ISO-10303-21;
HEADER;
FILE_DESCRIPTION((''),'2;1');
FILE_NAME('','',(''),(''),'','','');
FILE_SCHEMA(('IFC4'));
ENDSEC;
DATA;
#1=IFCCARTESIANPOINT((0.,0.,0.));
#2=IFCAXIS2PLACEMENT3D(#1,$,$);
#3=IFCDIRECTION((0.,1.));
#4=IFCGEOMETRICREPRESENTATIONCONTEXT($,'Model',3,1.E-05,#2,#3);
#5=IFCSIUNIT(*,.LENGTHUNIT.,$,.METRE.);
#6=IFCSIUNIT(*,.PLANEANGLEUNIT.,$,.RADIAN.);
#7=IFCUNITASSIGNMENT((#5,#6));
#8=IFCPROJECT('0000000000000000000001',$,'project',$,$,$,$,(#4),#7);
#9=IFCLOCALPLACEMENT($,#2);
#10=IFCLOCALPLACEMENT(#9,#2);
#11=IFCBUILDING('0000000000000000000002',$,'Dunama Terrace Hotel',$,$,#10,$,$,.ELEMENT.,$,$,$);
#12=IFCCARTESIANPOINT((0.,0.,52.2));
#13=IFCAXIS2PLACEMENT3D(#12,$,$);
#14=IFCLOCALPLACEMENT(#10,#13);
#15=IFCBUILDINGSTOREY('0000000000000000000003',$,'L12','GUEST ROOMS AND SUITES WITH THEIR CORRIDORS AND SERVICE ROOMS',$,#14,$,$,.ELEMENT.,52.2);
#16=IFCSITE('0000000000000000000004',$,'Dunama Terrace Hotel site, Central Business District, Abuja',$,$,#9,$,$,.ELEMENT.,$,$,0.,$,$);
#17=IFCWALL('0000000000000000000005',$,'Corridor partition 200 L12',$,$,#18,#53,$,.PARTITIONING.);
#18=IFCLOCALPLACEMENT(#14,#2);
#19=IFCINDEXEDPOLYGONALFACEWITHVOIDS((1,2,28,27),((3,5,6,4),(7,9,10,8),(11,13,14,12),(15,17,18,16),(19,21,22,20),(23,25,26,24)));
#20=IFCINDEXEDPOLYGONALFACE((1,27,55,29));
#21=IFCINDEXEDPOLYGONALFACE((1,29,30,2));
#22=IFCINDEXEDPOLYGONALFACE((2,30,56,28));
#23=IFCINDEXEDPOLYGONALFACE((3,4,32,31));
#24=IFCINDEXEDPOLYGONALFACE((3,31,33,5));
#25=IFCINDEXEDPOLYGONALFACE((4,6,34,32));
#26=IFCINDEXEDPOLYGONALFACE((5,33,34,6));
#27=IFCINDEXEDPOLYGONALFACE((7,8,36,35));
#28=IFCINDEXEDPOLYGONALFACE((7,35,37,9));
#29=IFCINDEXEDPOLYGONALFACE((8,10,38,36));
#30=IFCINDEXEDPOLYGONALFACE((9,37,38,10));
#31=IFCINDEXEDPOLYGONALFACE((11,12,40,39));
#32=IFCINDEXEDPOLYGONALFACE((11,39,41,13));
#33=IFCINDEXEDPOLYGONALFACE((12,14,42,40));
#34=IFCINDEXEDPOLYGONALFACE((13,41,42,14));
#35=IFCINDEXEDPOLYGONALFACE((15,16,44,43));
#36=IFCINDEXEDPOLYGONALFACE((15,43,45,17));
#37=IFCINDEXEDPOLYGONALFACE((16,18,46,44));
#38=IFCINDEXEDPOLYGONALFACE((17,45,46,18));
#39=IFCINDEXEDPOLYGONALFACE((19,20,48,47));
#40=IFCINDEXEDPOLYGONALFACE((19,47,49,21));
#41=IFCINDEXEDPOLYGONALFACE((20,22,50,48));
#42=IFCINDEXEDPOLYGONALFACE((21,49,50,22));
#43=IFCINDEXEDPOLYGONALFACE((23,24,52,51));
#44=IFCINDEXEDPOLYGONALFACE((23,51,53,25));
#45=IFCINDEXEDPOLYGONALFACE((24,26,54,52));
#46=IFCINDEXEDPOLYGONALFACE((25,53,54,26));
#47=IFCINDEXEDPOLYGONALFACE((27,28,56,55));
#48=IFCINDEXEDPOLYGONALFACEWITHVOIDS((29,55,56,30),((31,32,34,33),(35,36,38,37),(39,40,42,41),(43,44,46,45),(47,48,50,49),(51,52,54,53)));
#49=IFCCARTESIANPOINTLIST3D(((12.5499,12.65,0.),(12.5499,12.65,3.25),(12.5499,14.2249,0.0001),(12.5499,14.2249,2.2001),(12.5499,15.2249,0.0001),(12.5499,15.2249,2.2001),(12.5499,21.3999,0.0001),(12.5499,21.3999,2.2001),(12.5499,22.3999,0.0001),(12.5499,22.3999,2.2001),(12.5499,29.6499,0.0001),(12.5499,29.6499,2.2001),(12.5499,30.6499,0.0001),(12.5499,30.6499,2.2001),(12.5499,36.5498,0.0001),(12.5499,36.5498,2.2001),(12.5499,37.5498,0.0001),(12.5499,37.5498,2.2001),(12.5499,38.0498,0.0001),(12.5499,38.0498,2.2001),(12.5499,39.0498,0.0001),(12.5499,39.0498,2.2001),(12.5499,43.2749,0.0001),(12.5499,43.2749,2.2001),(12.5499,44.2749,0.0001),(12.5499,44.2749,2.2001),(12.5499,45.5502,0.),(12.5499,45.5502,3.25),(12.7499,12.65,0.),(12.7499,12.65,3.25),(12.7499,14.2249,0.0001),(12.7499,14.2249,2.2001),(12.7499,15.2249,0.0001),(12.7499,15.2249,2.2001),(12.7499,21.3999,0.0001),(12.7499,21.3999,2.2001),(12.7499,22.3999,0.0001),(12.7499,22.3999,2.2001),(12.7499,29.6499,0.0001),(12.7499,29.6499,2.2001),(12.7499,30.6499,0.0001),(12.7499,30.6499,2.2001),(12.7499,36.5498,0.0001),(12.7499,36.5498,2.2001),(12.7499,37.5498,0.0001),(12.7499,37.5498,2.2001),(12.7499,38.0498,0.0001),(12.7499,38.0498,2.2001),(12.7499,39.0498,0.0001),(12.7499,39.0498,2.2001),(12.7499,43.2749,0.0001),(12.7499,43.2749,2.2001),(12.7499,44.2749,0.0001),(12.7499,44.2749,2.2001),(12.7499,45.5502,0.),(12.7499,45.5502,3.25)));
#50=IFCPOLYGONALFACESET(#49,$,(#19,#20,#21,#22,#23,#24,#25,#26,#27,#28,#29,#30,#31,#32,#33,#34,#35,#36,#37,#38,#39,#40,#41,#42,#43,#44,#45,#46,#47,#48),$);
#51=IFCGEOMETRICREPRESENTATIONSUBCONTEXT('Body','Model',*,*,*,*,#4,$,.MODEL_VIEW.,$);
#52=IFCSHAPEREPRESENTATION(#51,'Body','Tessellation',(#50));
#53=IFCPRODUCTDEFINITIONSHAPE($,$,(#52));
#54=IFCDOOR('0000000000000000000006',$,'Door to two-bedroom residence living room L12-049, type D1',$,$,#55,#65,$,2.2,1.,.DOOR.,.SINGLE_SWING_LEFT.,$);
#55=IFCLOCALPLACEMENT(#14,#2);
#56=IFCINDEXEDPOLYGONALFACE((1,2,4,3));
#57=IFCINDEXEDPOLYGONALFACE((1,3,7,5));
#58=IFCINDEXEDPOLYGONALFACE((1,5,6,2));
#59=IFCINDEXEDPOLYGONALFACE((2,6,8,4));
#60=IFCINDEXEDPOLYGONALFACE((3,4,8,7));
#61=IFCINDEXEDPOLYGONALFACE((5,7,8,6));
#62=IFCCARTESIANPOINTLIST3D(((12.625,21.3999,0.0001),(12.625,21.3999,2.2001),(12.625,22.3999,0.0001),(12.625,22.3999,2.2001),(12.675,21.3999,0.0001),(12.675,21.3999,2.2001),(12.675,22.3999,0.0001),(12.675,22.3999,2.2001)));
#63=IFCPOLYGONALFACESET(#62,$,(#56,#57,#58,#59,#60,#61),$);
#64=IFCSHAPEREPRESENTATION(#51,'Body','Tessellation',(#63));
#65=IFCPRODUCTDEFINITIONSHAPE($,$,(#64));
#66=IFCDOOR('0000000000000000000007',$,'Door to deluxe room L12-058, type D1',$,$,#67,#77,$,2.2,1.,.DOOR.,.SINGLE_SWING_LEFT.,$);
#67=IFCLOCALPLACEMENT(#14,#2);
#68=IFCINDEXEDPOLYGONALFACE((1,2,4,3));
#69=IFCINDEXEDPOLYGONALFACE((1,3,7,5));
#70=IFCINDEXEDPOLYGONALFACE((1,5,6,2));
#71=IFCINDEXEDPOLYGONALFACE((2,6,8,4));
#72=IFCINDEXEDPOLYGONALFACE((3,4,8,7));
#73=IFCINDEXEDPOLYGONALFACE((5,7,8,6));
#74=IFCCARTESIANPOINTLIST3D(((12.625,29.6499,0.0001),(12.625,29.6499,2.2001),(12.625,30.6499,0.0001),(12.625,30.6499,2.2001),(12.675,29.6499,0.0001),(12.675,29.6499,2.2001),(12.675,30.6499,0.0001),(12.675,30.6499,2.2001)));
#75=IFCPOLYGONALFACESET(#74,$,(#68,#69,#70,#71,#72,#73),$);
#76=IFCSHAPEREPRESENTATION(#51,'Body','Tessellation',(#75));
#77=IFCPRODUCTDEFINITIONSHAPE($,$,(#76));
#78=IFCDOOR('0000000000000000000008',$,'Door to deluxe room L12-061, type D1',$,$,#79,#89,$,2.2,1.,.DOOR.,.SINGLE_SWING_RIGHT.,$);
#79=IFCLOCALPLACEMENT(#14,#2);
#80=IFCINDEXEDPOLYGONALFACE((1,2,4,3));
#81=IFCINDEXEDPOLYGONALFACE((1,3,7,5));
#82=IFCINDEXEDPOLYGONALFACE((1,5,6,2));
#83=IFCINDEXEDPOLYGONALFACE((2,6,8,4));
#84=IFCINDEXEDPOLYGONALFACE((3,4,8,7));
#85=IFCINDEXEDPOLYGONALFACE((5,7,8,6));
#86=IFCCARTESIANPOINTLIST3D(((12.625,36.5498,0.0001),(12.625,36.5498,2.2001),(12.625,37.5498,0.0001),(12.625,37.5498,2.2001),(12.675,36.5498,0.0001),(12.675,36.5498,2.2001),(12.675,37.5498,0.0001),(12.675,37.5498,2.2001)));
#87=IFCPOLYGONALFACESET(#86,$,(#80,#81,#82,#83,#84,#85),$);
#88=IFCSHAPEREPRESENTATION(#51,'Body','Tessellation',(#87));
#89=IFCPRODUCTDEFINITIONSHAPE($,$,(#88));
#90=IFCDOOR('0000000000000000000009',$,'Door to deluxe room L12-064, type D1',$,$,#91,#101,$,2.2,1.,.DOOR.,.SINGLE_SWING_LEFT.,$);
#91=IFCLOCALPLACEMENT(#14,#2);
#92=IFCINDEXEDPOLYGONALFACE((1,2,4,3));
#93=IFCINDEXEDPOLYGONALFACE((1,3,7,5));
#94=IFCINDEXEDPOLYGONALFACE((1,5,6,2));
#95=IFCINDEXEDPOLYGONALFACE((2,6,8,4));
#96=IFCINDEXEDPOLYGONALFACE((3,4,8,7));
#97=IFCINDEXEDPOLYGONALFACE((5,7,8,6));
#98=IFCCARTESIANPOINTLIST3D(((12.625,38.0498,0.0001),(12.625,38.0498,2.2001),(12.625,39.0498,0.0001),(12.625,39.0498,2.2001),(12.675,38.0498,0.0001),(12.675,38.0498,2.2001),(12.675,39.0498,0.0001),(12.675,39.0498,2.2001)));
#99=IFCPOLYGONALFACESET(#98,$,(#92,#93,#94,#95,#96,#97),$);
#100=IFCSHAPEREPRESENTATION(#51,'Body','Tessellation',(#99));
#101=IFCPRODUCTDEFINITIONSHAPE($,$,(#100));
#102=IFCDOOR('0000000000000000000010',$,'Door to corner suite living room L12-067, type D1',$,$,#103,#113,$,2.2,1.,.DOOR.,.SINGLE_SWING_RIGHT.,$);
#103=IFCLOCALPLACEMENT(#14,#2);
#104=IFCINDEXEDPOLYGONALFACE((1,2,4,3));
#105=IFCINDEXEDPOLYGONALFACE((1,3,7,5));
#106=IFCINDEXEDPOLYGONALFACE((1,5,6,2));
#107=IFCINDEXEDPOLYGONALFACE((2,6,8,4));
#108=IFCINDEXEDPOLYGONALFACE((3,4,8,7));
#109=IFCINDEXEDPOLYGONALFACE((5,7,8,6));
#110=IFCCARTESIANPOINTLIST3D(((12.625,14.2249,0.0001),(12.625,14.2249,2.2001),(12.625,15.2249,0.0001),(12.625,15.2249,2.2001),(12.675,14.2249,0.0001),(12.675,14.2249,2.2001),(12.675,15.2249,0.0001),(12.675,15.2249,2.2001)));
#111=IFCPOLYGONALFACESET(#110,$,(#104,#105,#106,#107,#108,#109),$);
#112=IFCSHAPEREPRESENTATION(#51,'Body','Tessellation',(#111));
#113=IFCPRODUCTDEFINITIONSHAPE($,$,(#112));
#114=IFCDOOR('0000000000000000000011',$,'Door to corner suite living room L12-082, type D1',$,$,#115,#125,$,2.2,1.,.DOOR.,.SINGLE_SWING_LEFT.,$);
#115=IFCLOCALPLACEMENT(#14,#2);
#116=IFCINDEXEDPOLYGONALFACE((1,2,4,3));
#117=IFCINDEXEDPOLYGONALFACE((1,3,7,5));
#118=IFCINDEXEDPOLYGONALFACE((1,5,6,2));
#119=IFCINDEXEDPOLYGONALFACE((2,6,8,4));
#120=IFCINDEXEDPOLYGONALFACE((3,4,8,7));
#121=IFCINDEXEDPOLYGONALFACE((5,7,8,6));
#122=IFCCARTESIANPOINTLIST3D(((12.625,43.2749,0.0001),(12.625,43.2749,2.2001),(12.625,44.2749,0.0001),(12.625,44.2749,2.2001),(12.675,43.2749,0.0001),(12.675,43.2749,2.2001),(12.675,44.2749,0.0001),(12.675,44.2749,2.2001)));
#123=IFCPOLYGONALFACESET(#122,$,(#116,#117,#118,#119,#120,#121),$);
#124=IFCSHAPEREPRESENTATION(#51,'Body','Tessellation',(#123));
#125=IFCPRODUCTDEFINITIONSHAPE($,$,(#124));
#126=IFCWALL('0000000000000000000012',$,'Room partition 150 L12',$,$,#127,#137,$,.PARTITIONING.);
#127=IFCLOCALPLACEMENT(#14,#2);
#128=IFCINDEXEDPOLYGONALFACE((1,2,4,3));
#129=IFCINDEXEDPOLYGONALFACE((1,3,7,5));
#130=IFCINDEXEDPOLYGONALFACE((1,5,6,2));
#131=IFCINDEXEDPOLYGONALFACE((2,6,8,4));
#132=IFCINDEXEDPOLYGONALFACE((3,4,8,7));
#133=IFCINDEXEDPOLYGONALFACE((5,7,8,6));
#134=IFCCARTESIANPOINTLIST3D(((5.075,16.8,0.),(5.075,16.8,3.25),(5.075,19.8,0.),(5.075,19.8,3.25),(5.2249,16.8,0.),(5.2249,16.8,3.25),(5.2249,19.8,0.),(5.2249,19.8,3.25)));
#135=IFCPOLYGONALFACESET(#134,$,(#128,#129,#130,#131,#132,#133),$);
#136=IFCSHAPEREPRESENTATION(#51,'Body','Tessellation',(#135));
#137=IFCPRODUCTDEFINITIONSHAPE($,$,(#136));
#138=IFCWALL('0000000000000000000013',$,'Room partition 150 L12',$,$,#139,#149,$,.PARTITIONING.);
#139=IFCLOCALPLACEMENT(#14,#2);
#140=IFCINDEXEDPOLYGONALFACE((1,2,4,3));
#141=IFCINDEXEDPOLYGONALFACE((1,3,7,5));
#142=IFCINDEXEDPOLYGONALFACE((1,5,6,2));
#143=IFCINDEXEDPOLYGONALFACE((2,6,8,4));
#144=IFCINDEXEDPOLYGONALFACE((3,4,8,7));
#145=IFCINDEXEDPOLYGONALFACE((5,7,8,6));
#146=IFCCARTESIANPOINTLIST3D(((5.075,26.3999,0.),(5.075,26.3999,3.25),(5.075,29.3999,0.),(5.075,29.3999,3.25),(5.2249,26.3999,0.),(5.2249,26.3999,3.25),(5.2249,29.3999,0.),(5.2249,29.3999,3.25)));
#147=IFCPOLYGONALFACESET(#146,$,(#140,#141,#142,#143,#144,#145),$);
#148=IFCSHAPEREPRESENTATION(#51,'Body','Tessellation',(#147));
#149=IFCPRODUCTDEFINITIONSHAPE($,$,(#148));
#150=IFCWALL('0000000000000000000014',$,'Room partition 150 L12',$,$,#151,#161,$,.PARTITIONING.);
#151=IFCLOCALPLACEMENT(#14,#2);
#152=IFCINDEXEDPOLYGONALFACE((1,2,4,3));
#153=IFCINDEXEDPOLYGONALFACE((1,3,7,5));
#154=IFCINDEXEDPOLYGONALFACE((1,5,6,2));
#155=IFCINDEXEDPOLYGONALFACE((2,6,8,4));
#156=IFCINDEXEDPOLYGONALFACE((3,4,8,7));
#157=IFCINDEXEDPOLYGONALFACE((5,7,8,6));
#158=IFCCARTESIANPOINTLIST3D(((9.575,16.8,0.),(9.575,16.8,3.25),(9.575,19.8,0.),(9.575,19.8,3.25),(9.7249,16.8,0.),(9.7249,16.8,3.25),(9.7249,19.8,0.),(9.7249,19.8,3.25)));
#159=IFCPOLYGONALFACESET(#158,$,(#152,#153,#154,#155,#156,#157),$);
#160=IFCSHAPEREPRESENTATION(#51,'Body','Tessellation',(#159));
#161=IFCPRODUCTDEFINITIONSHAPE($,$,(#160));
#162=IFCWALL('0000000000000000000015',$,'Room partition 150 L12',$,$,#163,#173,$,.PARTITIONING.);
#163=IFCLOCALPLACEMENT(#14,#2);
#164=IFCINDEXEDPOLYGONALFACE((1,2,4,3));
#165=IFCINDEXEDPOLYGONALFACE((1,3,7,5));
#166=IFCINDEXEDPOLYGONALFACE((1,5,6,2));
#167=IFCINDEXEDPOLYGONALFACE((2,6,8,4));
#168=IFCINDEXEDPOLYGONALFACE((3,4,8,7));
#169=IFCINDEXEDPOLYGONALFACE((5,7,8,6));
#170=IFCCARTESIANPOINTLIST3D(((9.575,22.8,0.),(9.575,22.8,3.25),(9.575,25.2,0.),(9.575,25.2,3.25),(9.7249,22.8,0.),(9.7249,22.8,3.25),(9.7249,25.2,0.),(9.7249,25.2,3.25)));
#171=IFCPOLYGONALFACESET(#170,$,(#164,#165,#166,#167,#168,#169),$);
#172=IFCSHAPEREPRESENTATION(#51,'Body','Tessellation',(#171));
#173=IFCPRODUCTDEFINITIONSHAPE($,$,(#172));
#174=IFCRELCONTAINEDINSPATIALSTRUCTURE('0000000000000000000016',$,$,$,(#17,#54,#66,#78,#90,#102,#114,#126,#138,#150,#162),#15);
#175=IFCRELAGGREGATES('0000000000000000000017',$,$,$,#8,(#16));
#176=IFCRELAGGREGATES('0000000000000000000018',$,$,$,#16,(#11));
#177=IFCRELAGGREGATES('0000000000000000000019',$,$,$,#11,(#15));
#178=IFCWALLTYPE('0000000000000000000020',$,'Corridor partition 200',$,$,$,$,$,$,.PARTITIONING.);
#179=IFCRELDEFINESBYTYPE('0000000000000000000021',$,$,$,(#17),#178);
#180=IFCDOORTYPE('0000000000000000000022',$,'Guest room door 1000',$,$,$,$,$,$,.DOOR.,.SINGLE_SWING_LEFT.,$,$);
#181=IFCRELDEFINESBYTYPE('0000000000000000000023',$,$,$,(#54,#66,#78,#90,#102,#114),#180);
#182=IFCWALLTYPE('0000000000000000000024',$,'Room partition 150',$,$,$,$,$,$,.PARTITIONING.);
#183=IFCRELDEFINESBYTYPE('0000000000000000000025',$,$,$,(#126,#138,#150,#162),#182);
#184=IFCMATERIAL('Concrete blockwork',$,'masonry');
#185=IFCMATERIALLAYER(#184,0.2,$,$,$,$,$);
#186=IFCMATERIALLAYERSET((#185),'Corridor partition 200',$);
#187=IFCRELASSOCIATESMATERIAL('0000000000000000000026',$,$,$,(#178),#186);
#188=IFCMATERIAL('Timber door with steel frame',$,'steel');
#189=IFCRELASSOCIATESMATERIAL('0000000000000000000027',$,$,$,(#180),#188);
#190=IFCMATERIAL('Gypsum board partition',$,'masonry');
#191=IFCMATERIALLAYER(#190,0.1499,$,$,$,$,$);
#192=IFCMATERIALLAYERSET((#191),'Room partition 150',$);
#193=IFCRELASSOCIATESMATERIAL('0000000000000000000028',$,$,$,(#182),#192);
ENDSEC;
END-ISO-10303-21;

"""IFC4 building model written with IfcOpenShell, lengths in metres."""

from ifc_helpers import new_model, si_unit, direction, frame, frame_2d, origin, place, context, subcontext, project, spatial, rectangle, extrude, material, layer, layer_set, type_object, element, fill, save


model = new_model("IFC4")

# Units and contexts
model_context = context("Model", 3, precision=1e-05, world=origin(), true_north=direction((0.0, 1.0)))
body_context = subcontext(model_context, "Body", "Model", "MODEL_VIEW")
ifc_project = project(units=[si_unit("LENGTHUNIT", "METRE"), si_unit("PLANEANGLEUNIT", "RADIAN")], contexts=[model_context])

# Site, building, storey
site_placement = place(None, origin())
site = spatial("IfcSite", under=ifc_project, at=site_placement, Name="Dunama Terrace Hotel site, Central Business District, Abuja", CompositionType="ELEMENT", RefElevation=0.0)
building_placement = place(site_placement, origin())
building = spatial("IfcBuilding", under=site, at=building_placement, Name="Dunama Terrace Hotel", CompositionType="ELEMENT")
storey_placement = place(building_placement, frame((0.0, 0.0, 52.2)))
storey = spatial("IfcBuildingStorey", under=building, at=storey_placement, Name="L12", Description="GUEST ROOMS AND SUITES WITH THEIR CORRIDORS AND SERVICE ROOMS", CompositionType="ELEMENT", Elevation=52.2)

# Wall, openings, doors
ifc_material_1 = material(Name="Concrete blockwork", Category="masonry")
ifc_layer_1 = layer(ifc_material_1, 0.2)
ifc_layer_set_1 = layer_set([ifc_layer_1], Name="Corridor partition 200")
wall_type_1 = type_object("IfcWallType", Name="Corridor partition 200", PredefinedType="PARTITIONING", material=ifc_layer_set_1)
wall_1_placement = place(storey_placement, frame((12.6499, 12.6499, 0.0), z_axis=(0.0, 0.0, 1.0), x_axis=(0.0, 1.0, 0.0)))
wall_1 = element("IfcWall", 1, at=wall_1_placement, inside=storey, type_object=wall_type_1, Name="Corridor partition 200 L12", PredefinedType="PARTITIONING", context=body_context, shape_type="SweptSolid", body=[
    extrude(rectangle(XDim=32.9001, YDim=0.2, at=frame_2d((16.4502, 0.0))), origin(), (0.0, 0.0, 1.0), 3.25),
])
opening_1_placement = place(wall_1_placement, frame((8.75, 0.0, 0.0)))
opening_1 = element("IfcOpeningElement", 2, at=opening_1_placement, cuts=wall_1, PredefinedType="OPENING", context=body_context, shape_type="SweptSolid", body=[
    extrude(rectangle(XDim=1.0, YDim=2.2, at=frame_2d((0.5, 1.1001))), frame((0.0, 0.1099, 0.0), z_axis=(0.0, -1.0, 0.0), x_axis=(1.0, 0.0, 0.0)), (0.0, 0.0, 1.0), 0.22),
])
opening_2_placement = place(wall_1_placement, frame((17.0, 0.0, 0.0)))
opening_2 = element("IfcOpeningElement", 3, at=opening_2_placement, cuts=wall_1, PredefinedType="OPENING", context=body_context, shape_type="SweptSolid", body=[
    extrude(rectangle(XDim=1.0, YDim=2.2, at=frame_2d((0.5, 1.1001))), frame((0.0, 0.1099, 0.0), z_axis=(0.0, -1.0, 0.0), x_axis=(1.0, 0.0, 0.0)), (0.0, 0.0, 1.0), 0.22),
])
opening_3_placement = place(wall_1_placement, frame((23.8999, 0.0, 0.0)))
opening_3 = element("IfcOpeningElement", 4, at=opening_3_placement, cuts=wall_1, PredefinedType="OPENING", context=body_context, shape_type="SweptSolid", body=[
    extrude(rectangle(XDim=1.0, YDim=2.2, at=frame_2d((0.5, 1.1001))), frame((0.0, 0.1099, 0.0), z_axis=(0.0, -1.0, 0.0), x_axis=(1.0, 0.0, 0.0)), (0.0, 0.0, 1.0), 0.22),
])
opening_4_placement = place(wall_1_placement, frame((25.3999, 0.0, 0.0)))
opening_4 = element("IfcOpeningElement", 5, at=opening_4_placement, cuts=wall_1, PredefinedType="OPENING", context=body_context, shape_type="SweptSolid", body=[
    extrude(rectangle(XDim=1.0, YDim=2.2, at=frame_2d((0.5, 1.1001))), frame((0.0, 0.1099, 0.0), z_axis=(0.0, -1.0, 0.0), x_axis=(1.0, 0.0, 0.0)), (0.0, 0.0, 1.0), 0.22),
])
opening_5_placement = place(wall_1_placement, frame((1.575, 0.0, 0.0)))
opening_5 = element("IfcOpeningElement", 6, at=opening_5_placement, cuts=wall_1, PredefinedType="OPENING", context=body_context, shape_type="SweptSolid", body=[
    extrude(rectangle(XDim=1.0, YDim=2.2, at=frame_2d((0.5, 1.1001))), frame((0.0, 0.1099, 0.0), z_axis=(0.0, -1.0, 0.0), x_axis=(1.0, 0.0, 0.0)), (0.0, 0.0, 1.0), 0.22),
])
opening_6_placement = place(wall_1_placement, frame((30.625, 0.0, 0.0)))
opening_6 = element("IfcOpeningElement", 7, at=opening_6_placement, cuts=wall_1, PredefinedType="OPENING", context=body_context, shape_type="SweptSolid", body=[
    extrude(rectangle(XDim=1.0, YDim=2.2, at=frame_2d((0.5, 1.1001))), frame((0.0, 0.1099, 0.0), z_axis=(0.0, -1.0, 0.0), x_axis=(1.0, 0.0, 0.0)), (0.0, 0.0, 1.0), 0.22),
])
ifc_material_2 = material(Name="Timber door with steel frame", Category="steel")
door_type_1 = type_object("IfcDoorType", Name="Guest room door 1000", OperationType="SINGLE_SWING_LEFT", PredefinedType="DOOR", material=ifc_material_2)
door_1_placement = place(opening_1_placement, origin())
door_1 = element("IfcDoor", 8, at=door_1_placement, inside=storey, type_object=door_type_1, Name="Door to two-bedroom residence living room L12-049, type D1", OperationType="SINGLE_SWING_LEFT", OverallHeight=2.2, OverallWidth=1.0, PredefinedType="DOOR", context=body_context, shape_type="SweptSolid", body=[
    extrude(rectangle(XDim=1.0, YDim=2.2, at=frame_2d((0.5, 1.1001))), frame((0.0, 0.0249, 0.0), z_axis=(0.0, -1.0, 0.0), x_axis=(1.0, 0.0, 0.0)), (0.0, 0.0, 1.0), 0.05),
])
fill(opening_1, door_1)
door_2_placement = place(opening_2_placement, origin())
door_2 = element("IfcDoor", 9, at=door_2_placement, inside=storey, type_object=door_type_1, Name="Door to deluxe room L12-058, type D1", OperationType="SINGLE_SWING_LEFT", OverallHeight=2.2, OverallWidth=1.0, PredefinedType="DOOR", context=body_context, shape_type="SweptSolid", body=[
    extrude(rectangle(XDim=1.0, YDim=2.2, at=frame_2d((0.5, 1.1001))), frame((0.0, 0.0249, 0.0), z_axis=(0.0, -1.0, 0.0), x_axis=(1.0, 0.0, 0.0)), (0.0, 0.0, 1.0), 0.05),
])
fill(opening_2, door_2)
door_3_placement = place(opening_3_placement, origin())
door_3 = element("IfcDoor", 10, at=door_3_placement, inside=storey, type_object=door_type_1, Name="Door to deluxe room L12-061, type D1", OperationType="SINGLE_SWING_RIGHT", OverallHeight=2.2, OverallWidth=1.0, PredefinedType="DOOR", context=body_context, shape_type="SweptSolid", body=[
    extrude(rectangle(XDim=1.0, YDim=2.2, at=frame_2d((0.5, 1.1001))), frame((0.0, 0.0249, 0.0), z_axis=(0.0, -1.0, 0.0), x_axis=(1.0, 0.0, 0.0)), (0.0, 0.0, 1.0), 0.05),
])
fill(opening_3, door_3)
door_4_placement = place(opening_4_placement, origin())
door_4 = element("IfcDoor", 11, at=door_4_placement, inside=storey, type_object=door_type_1, Name="Door to deluxe room L12-064, type D1", OperationType="SINGLE_SWING_LEFT", OverallHeight=2.2, OverallWidth=1.0, PredefinedType="DOOR", context=body_context, shape_type="SweptSolid", body=[
    extrude(rectangle(XDim=1.0, YDim=2.2, at=frame_2d((0.5, 1.1001))), frame((0.0, 0.0249, 0.0), z_axis=(0.0, -1.0, 0.0), x_axis=(1.0, 0.0, 0.0)), (0.0, 0.0, 1.0), 0.05),
])
fill(opening_4, door_4)
door_5_placement = place(opening_5_placement, origin())
door_5 = element("IfcDoor", 12, at=door_5_placement, inside=storey, type_object=door_type_1, Name="Door to corner suite living room L12-067, type D1", OperationType="SINGLE_SWING_RIGHT", OverallHeight=2.2, OverallWidth=1.0, PredefinedType="DOOR", context=body_context, shape_type="SweptSolid", body=[
    extrude(rectangle(XDim=1.0, YDim=2.2, at=frame_2d((0.5, 1.1001))), frame((0.0, 0.0249, 0.0), z_axis=(0.0, -1.0, 0.0), x_axis=(1.0, 0.0, 0.0)), (0.0, 0.0, 1.0), 0.05),
])
fill(opening_5, door_5)
door_6_placement = place(opening_6_placement, origin())
door_6 = element("IfcDoor", 13, at=door_6_placement, inside=storey, type_object=door_type_1, Name="Door to corner suite living room L12-082, type D1", OperationType="SINGLE_SWING_LEFT", OverallHeight=2.2, OverallWidth=1.0, PredefinedType="DOOR", context=body_context, shape_type="SweptSolid", body=[
    extrude(rectangle(XDim=1.0, YDim=2.2, at=frame_2d((0.5, 1.1001))), frame((0.0, 0.0249, 0.0), z_axis=(0.0, -1.0, 0.0), x_axis=(1.0, 0.0, 0.0)), (0.0, 0.0, 1.0), 0.05),
])
fill(opening_6, door_6)

# Walls
ifc_material_3 = material(Name="Gypsum board partition", Category="masonry")
ifc_layer_2 = layer(ifc_material_3, 0.1499)
ifc_layer_set_2 = layer_set([ifc_layer_2], Name="Room partition 150")
wall_type_2 = type_object("IfcWallType", Name="Room partition 150", PredefinedType="PARTITIONING", material=ifc_layer_set_2)
for number, where, z_axis, x_axis, name in (
    (14, (5.1499, 16.8, 0.0), (0.0, 0.0, 1.0), (0.0, 1.0, 0.0), "Room partition 150 L12"),
    (15, (5.1499, 26.3999, 0.0), (0.0, 0.0, 1.0), (0.0, 1.0, 0.0), "Room partition 150 L12"),
    (16, (9.6499, 16.8, 0.0), (0.0, 0.0, 1.0), (0.0, 1.0, 0.0), "Room partition 150 L12"),
):
    element("IfcWall", number, at=place(storey_placement, frame(where, z_axis=z_axis, x_axis=x_axis)), inside=storey, type_object=wall_type_2, Name=name, PredefinedType="PARTITIONING", context=body_context, shape_type="SweptSolid", body=[
        extrude(rectangle(XDim=3.0, YDim=0.1499, at=frame_2d((1.5, 0.0))), origin(), (0.0, 0.0, 1.0), 3.25),
    ])
wall_2_placement = place(storey_placement, frame((9.6499, 22.8, 0.0), z_axis=(0.0, 0.0, 1.0), x_axis=(0.0, 1.0, 0.0)))
element("IfcWall", 17, at=wall_2_placement, inside=storey, type_object=wall_type_2, Name="Room partition 150 L12", PredefinedType="PARTITIONING", context=body_context, shape_type="SweptSolid", body=[
    extrude(rectangle(XDim=2.3999, YDim=0.1499, at=frame_2d((1.2, 0.0))), origin(), (0.0, 0.0, 1.0), 3.25),
])

save(model, "model.ifc")
